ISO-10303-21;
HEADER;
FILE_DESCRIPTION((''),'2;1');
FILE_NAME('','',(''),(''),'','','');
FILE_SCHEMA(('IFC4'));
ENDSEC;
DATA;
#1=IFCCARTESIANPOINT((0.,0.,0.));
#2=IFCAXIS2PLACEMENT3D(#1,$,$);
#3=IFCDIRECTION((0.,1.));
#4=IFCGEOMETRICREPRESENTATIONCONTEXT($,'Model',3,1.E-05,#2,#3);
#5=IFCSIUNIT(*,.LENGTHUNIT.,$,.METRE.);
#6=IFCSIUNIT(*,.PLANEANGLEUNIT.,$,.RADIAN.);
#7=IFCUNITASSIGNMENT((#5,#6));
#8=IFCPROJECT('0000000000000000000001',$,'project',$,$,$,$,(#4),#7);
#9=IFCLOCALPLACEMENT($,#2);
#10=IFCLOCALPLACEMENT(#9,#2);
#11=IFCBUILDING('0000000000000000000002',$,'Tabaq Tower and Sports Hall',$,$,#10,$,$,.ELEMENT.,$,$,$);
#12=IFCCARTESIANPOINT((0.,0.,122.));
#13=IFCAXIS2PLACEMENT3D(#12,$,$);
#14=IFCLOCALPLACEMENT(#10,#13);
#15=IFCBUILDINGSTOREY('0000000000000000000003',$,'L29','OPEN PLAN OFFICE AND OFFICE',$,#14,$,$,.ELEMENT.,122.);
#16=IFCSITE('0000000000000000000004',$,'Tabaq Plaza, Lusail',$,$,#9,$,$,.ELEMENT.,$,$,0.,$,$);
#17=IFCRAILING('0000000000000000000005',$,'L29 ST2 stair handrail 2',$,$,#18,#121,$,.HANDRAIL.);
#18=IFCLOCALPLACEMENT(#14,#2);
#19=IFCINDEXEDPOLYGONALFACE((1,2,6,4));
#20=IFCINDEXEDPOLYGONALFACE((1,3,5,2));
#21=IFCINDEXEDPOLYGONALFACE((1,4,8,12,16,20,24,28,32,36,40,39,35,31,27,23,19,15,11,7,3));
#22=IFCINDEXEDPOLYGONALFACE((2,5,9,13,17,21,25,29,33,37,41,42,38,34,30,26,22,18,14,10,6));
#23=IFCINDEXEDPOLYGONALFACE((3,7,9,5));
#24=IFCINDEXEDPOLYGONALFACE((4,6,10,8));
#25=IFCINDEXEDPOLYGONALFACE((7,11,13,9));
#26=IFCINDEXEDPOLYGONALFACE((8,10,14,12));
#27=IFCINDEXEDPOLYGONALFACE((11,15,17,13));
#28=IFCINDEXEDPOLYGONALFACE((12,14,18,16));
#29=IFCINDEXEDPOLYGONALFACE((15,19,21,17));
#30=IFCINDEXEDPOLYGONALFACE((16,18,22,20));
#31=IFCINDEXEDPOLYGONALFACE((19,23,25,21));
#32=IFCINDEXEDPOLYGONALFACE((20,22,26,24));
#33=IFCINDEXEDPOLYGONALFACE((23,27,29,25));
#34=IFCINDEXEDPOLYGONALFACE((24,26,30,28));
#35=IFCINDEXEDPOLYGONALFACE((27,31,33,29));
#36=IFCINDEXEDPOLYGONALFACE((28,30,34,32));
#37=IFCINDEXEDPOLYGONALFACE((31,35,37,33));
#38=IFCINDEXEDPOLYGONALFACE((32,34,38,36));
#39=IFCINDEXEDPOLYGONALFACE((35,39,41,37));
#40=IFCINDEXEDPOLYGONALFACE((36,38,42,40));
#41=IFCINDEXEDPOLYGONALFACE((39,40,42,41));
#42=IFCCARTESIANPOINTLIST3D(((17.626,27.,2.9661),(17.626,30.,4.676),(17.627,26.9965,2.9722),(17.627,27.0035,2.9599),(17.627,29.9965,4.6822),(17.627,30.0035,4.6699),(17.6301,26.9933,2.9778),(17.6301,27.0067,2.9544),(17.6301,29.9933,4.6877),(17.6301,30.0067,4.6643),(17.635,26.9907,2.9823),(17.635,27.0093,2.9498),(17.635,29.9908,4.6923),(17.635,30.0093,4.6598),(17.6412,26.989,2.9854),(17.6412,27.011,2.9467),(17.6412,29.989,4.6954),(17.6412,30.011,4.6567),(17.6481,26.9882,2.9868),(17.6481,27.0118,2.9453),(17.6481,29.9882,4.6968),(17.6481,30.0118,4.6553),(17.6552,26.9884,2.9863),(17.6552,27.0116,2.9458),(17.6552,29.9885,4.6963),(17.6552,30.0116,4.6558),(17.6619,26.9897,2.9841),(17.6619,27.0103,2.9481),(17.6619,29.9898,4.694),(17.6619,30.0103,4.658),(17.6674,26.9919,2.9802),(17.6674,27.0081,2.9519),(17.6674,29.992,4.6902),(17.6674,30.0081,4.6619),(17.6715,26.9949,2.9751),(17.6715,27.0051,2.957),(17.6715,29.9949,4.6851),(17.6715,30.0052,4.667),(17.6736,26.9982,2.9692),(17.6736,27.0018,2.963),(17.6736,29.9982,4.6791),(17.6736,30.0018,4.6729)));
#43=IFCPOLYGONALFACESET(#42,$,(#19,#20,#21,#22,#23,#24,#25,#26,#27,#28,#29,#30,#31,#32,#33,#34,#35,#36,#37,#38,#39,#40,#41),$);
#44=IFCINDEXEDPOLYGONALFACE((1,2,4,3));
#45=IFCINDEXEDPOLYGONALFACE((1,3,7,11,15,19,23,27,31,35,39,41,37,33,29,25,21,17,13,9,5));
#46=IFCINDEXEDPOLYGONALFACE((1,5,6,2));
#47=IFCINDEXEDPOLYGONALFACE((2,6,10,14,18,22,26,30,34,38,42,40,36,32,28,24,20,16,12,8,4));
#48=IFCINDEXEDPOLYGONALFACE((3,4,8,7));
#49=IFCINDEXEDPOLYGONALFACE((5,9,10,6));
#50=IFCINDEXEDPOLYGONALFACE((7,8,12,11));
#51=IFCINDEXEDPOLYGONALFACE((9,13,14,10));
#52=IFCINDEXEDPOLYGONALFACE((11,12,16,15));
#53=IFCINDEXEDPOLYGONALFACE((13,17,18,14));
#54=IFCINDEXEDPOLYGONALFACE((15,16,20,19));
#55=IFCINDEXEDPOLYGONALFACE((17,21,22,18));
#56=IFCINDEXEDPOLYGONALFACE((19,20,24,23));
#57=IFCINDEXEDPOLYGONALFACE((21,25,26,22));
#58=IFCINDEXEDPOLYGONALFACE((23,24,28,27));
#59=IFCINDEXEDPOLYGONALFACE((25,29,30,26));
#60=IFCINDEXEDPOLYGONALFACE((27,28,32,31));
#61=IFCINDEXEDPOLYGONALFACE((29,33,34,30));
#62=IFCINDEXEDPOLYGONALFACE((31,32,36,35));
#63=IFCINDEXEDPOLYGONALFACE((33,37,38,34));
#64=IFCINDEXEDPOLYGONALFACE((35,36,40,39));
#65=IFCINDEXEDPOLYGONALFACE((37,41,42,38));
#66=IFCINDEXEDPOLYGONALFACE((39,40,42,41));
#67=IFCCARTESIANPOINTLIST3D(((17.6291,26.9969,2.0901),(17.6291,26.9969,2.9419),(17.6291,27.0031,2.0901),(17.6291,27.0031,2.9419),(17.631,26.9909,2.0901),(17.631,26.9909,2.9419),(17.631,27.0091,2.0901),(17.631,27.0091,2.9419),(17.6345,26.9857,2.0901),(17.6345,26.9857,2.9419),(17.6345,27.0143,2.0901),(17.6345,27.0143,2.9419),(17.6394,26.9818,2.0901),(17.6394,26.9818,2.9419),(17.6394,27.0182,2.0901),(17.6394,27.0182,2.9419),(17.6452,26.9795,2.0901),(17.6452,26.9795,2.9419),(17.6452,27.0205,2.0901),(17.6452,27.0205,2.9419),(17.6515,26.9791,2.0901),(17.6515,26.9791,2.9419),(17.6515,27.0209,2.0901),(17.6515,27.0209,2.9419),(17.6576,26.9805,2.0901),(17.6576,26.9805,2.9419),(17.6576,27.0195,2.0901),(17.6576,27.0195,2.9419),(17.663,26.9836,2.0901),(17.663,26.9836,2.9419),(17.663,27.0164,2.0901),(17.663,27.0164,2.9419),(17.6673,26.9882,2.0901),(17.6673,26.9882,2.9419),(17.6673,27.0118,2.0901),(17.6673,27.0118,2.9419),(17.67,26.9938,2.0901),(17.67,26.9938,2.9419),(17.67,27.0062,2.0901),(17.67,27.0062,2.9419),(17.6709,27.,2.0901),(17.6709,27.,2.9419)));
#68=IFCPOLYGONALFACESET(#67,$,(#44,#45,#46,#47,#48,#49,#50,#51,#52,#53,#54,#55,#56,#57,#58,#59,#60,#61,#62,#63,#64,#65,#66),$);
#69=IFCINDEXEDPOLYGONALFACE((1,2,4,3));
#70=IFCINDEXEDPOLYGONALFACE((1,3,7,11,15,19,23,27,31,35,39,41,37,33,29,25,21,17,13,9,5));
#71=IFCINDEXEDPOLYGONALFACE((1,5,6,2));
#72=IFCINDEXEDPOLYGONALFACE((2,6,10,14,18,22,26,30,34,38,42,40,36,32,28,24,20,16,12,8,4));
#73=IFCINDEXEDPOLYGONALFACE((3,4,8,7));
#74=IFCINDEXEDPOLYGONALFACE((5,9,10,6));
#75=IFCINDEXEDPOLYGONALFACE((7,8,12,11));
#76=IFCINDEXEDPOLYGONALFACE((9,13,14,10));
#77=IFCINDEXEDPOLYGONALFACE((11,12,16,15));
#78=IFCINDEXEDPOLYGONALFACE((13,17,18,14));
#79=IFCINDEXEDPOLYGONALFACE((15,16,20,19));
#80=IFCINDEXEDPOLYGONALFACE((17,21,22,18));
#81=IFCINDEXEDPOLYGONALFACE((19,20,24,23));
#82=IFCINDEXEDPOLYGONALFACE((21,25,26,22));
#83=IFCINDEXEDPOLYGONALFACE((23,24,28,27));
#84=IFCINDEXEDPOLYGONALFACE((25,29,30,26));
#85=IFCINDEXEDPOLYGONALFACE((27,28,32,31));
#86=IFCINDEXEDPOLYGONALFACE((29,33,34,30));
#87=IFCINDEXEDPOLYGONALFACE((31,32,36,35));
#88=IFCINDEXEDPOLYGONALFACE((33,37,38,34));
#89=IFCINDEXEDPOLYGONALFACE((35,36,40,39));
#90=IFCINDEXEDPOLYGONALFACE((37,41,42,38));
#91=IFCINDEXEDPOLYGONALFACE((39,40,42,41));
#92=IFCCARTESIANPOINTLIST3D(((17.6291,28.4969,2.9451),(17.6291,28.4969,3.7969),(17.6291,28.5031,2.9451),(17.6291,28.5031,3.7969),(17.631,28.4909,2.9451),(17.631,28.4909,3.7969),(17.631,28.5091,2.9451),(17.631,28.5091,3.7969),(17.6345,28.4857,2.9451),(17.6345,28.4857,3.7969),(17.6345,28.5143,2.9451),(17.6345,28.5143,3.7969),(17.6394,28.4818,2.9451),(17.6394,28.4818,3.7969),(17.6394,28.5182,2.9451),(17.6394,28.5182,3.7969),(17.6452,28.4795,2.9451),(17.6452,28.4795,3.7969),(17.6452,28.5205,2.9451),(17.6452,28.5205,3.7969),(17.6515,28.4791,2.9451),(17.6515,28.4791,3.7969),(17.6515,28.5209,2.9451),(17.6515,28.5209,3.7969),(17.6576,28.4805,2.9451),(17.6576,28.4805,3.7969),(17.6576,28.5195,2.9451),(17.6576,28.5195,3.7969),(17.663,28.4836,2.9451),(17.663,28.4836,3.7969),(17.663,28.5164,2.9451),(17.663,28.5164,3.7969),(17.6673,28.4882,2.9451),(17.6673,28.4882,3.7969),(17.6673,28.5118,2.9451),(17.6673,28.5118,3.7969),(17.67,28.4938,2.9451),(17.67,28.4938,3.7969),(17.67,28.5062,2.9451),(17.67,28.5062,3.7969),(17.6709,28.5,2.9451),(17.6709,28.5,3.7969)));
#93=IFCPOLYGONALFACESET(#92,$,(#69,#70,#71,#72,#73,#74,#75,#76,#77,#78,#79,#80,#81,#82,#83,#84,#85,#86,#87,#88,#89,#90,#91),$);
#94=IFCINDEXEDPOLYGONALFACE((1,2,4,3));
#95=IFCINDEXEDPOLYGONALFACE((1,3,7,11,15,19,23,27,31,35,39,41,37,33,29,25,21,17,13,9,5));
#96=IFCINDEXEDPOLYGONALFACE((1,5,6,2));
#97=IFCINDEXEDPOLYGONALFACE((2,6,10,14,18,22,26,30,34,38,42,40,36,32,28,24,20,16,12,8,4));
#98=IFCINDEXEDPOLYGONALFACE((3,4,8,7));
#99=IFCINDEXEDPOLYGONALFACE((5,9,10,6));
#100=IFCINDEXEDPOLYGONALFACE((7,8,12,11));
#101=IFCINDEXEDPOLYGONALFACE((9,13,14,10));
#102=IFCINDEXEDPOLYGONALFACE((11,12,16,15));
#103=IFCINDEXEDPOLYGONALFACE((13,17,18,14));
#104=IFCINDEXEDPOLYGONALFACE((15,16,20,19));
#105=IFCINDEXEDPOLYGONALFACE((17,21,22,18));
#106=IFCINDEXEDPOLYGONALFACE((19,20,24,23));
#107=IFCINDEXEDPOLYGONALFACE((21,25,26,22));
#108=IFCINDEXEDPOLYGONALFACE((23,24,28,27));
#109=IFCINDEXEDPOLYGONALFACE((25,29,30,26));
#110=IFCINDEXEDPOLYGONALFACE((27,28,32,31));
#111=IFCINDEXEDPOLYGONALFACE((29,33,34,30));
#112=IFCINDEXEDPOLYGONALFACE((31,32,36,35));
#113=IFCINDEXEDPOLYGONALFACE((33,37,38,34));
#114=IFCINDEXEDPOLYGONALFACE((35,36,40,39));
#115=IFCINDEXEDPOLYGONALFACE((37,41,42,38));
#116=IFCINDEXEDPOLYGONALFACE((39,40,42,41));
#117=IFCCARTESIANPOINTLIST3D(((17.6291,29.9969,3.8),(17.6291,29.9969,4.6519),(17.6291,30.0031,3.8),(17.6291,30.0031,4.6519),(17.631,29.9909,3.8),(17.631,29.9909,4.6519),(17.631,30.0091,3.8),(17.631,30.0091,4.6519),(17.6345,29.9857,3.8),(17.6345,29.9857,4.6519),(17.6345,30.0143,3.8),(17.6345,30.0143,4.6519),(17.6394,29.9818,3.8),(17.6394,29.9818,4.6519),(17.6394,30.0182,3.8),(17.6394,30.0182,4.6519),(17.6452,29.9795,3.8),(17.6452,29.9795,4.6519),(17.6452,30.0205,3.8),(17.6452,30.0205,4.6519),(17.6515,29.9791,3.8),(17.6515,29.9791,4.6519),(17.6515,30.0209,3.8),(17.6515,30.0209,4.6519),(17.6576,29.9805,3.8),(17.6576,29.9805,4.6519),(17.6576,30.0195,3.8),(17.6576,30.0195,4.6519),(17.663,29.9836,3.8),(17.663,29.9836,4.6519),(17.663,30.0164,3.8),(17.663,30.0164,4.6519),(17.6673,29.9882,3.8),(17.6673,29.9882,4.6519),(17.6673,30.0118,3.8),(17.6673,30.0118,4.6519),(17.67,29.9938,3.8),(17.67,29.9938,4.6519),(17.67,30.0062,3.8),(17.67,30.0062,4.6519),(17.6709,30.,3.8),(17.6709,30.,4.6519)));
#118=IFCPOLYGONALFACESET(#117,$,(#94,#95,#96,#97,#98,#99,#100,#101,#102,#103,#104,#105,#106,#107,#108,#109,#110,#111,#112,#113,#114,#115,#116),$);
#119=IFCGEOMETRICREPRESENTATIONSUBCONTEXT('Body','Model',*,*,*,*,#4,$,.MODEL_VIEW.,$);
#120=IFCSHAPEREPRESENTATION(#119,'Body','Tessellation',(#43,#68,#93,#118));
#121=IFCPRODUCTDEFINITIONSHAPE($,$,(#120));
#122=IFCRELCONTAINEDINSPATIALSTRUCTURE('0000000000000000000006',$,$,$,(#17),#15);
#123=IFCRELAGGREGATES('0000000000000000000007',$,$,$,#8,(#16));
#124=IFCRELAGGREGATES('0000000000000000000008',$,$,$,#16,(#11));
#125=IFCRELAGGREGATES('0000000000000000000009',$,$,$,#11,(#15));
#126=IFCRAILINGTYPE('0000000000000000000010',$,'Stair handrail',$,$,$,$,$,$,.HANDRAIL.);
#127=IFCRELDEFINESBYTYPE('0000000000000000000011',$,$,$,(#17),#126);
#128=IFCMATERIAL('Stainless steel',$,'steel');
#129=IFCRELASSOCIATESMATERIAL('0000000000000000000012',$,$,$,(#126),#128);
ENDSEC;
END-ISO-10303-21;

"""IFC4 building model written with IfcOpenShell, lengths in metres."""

from ifc_helpers import new_model, si_unit, direction, frame, origin, origin_2d, place, context, subcontext, project, spatial, circle, extrude, material, type_object, element, save


model = new_model("IFC4")

# Units and contexts
model_context = context("Model", 3, precision=1e-05, world=origin(), true_north=direction((0.0, 1.0)))
body_context = subcontext(model_context, "Body", "Model", "MODEL_VIEW")
ifc_project = project(units=[si_unit("LENGTHUNIT", "METRE"), si_unit("PLANEANGLEUNIT", "RADIAN")], contexts=[model_context])

# Site, building, storey
site_placement = place(None, origin())
site = spatial("IfcSite", under=ifc_project, at=site_placement, Name="Tabaq Plaza, Lusail", CompositionType="ELEMENT", RefElevation=0.0)
building_placement = place(site_placement, origin())
building = spatial("IfcBuilding", under=site, at=building_placement, Name="Tabaq Tower and Sports Hall", CompositionType="ELEMENT")
storey_placement = place(building_placement, frame((0.0, 0.0, 122.0)))
storey = spatial("IfcBuildingStorey", under=building, at=storey_placement, Name="L29", Description="OPEN PLAN OFFICE AND OFFICE", CompositionType="ELEMENT", Elevation=122.0)

# Railing
ifc_material_1 = material(Name="Stainless steel", Category="steel")
railing_type_1 = type_object("IfcRailingType", Name="Stair handrail", PredefinedType="HANDRAIL", material=ifc_material_1)
railing_1_placement = place(storey_placement, frame((17.6499, 27.0, 2.0901)))
element("IfcRailing", 1, at=railing_1_placement, inside=storey, type_object=railing_type_1, Name="L29 ST2 stair handrail 2", PredefinedType="HANDRAIL", context=body_context, shape_type="SweptSolid", body=[
    extrude(circle(Radius=0.0239, at=origin_2d()), frame((0.0, 0.0, 0.876), z_axis=(0.0, 0.868782, 0.495195), x_axis=(-1.0, 0.0, 0.0)), (0.0, 0.0, 1.0), 3.4531),
    extrude(circle(Radius=0.021, at=origin_2d()), origin(), (0.0, 0.0, 1.0), 0.8518),
    extrude(circle(Radius=0.021, at=origin_2d()), frame((0.0, 1.5, 0.855)), (0.0, 0.0, 1.0), 0.8518),
    extrude(circle(Radius=0.021, at=origin_2d()), frame((0.0, 3.0, 1.71)), (0.0, 0.0, 1.0), 0.8518),
])

save(model, "model.ifc")
